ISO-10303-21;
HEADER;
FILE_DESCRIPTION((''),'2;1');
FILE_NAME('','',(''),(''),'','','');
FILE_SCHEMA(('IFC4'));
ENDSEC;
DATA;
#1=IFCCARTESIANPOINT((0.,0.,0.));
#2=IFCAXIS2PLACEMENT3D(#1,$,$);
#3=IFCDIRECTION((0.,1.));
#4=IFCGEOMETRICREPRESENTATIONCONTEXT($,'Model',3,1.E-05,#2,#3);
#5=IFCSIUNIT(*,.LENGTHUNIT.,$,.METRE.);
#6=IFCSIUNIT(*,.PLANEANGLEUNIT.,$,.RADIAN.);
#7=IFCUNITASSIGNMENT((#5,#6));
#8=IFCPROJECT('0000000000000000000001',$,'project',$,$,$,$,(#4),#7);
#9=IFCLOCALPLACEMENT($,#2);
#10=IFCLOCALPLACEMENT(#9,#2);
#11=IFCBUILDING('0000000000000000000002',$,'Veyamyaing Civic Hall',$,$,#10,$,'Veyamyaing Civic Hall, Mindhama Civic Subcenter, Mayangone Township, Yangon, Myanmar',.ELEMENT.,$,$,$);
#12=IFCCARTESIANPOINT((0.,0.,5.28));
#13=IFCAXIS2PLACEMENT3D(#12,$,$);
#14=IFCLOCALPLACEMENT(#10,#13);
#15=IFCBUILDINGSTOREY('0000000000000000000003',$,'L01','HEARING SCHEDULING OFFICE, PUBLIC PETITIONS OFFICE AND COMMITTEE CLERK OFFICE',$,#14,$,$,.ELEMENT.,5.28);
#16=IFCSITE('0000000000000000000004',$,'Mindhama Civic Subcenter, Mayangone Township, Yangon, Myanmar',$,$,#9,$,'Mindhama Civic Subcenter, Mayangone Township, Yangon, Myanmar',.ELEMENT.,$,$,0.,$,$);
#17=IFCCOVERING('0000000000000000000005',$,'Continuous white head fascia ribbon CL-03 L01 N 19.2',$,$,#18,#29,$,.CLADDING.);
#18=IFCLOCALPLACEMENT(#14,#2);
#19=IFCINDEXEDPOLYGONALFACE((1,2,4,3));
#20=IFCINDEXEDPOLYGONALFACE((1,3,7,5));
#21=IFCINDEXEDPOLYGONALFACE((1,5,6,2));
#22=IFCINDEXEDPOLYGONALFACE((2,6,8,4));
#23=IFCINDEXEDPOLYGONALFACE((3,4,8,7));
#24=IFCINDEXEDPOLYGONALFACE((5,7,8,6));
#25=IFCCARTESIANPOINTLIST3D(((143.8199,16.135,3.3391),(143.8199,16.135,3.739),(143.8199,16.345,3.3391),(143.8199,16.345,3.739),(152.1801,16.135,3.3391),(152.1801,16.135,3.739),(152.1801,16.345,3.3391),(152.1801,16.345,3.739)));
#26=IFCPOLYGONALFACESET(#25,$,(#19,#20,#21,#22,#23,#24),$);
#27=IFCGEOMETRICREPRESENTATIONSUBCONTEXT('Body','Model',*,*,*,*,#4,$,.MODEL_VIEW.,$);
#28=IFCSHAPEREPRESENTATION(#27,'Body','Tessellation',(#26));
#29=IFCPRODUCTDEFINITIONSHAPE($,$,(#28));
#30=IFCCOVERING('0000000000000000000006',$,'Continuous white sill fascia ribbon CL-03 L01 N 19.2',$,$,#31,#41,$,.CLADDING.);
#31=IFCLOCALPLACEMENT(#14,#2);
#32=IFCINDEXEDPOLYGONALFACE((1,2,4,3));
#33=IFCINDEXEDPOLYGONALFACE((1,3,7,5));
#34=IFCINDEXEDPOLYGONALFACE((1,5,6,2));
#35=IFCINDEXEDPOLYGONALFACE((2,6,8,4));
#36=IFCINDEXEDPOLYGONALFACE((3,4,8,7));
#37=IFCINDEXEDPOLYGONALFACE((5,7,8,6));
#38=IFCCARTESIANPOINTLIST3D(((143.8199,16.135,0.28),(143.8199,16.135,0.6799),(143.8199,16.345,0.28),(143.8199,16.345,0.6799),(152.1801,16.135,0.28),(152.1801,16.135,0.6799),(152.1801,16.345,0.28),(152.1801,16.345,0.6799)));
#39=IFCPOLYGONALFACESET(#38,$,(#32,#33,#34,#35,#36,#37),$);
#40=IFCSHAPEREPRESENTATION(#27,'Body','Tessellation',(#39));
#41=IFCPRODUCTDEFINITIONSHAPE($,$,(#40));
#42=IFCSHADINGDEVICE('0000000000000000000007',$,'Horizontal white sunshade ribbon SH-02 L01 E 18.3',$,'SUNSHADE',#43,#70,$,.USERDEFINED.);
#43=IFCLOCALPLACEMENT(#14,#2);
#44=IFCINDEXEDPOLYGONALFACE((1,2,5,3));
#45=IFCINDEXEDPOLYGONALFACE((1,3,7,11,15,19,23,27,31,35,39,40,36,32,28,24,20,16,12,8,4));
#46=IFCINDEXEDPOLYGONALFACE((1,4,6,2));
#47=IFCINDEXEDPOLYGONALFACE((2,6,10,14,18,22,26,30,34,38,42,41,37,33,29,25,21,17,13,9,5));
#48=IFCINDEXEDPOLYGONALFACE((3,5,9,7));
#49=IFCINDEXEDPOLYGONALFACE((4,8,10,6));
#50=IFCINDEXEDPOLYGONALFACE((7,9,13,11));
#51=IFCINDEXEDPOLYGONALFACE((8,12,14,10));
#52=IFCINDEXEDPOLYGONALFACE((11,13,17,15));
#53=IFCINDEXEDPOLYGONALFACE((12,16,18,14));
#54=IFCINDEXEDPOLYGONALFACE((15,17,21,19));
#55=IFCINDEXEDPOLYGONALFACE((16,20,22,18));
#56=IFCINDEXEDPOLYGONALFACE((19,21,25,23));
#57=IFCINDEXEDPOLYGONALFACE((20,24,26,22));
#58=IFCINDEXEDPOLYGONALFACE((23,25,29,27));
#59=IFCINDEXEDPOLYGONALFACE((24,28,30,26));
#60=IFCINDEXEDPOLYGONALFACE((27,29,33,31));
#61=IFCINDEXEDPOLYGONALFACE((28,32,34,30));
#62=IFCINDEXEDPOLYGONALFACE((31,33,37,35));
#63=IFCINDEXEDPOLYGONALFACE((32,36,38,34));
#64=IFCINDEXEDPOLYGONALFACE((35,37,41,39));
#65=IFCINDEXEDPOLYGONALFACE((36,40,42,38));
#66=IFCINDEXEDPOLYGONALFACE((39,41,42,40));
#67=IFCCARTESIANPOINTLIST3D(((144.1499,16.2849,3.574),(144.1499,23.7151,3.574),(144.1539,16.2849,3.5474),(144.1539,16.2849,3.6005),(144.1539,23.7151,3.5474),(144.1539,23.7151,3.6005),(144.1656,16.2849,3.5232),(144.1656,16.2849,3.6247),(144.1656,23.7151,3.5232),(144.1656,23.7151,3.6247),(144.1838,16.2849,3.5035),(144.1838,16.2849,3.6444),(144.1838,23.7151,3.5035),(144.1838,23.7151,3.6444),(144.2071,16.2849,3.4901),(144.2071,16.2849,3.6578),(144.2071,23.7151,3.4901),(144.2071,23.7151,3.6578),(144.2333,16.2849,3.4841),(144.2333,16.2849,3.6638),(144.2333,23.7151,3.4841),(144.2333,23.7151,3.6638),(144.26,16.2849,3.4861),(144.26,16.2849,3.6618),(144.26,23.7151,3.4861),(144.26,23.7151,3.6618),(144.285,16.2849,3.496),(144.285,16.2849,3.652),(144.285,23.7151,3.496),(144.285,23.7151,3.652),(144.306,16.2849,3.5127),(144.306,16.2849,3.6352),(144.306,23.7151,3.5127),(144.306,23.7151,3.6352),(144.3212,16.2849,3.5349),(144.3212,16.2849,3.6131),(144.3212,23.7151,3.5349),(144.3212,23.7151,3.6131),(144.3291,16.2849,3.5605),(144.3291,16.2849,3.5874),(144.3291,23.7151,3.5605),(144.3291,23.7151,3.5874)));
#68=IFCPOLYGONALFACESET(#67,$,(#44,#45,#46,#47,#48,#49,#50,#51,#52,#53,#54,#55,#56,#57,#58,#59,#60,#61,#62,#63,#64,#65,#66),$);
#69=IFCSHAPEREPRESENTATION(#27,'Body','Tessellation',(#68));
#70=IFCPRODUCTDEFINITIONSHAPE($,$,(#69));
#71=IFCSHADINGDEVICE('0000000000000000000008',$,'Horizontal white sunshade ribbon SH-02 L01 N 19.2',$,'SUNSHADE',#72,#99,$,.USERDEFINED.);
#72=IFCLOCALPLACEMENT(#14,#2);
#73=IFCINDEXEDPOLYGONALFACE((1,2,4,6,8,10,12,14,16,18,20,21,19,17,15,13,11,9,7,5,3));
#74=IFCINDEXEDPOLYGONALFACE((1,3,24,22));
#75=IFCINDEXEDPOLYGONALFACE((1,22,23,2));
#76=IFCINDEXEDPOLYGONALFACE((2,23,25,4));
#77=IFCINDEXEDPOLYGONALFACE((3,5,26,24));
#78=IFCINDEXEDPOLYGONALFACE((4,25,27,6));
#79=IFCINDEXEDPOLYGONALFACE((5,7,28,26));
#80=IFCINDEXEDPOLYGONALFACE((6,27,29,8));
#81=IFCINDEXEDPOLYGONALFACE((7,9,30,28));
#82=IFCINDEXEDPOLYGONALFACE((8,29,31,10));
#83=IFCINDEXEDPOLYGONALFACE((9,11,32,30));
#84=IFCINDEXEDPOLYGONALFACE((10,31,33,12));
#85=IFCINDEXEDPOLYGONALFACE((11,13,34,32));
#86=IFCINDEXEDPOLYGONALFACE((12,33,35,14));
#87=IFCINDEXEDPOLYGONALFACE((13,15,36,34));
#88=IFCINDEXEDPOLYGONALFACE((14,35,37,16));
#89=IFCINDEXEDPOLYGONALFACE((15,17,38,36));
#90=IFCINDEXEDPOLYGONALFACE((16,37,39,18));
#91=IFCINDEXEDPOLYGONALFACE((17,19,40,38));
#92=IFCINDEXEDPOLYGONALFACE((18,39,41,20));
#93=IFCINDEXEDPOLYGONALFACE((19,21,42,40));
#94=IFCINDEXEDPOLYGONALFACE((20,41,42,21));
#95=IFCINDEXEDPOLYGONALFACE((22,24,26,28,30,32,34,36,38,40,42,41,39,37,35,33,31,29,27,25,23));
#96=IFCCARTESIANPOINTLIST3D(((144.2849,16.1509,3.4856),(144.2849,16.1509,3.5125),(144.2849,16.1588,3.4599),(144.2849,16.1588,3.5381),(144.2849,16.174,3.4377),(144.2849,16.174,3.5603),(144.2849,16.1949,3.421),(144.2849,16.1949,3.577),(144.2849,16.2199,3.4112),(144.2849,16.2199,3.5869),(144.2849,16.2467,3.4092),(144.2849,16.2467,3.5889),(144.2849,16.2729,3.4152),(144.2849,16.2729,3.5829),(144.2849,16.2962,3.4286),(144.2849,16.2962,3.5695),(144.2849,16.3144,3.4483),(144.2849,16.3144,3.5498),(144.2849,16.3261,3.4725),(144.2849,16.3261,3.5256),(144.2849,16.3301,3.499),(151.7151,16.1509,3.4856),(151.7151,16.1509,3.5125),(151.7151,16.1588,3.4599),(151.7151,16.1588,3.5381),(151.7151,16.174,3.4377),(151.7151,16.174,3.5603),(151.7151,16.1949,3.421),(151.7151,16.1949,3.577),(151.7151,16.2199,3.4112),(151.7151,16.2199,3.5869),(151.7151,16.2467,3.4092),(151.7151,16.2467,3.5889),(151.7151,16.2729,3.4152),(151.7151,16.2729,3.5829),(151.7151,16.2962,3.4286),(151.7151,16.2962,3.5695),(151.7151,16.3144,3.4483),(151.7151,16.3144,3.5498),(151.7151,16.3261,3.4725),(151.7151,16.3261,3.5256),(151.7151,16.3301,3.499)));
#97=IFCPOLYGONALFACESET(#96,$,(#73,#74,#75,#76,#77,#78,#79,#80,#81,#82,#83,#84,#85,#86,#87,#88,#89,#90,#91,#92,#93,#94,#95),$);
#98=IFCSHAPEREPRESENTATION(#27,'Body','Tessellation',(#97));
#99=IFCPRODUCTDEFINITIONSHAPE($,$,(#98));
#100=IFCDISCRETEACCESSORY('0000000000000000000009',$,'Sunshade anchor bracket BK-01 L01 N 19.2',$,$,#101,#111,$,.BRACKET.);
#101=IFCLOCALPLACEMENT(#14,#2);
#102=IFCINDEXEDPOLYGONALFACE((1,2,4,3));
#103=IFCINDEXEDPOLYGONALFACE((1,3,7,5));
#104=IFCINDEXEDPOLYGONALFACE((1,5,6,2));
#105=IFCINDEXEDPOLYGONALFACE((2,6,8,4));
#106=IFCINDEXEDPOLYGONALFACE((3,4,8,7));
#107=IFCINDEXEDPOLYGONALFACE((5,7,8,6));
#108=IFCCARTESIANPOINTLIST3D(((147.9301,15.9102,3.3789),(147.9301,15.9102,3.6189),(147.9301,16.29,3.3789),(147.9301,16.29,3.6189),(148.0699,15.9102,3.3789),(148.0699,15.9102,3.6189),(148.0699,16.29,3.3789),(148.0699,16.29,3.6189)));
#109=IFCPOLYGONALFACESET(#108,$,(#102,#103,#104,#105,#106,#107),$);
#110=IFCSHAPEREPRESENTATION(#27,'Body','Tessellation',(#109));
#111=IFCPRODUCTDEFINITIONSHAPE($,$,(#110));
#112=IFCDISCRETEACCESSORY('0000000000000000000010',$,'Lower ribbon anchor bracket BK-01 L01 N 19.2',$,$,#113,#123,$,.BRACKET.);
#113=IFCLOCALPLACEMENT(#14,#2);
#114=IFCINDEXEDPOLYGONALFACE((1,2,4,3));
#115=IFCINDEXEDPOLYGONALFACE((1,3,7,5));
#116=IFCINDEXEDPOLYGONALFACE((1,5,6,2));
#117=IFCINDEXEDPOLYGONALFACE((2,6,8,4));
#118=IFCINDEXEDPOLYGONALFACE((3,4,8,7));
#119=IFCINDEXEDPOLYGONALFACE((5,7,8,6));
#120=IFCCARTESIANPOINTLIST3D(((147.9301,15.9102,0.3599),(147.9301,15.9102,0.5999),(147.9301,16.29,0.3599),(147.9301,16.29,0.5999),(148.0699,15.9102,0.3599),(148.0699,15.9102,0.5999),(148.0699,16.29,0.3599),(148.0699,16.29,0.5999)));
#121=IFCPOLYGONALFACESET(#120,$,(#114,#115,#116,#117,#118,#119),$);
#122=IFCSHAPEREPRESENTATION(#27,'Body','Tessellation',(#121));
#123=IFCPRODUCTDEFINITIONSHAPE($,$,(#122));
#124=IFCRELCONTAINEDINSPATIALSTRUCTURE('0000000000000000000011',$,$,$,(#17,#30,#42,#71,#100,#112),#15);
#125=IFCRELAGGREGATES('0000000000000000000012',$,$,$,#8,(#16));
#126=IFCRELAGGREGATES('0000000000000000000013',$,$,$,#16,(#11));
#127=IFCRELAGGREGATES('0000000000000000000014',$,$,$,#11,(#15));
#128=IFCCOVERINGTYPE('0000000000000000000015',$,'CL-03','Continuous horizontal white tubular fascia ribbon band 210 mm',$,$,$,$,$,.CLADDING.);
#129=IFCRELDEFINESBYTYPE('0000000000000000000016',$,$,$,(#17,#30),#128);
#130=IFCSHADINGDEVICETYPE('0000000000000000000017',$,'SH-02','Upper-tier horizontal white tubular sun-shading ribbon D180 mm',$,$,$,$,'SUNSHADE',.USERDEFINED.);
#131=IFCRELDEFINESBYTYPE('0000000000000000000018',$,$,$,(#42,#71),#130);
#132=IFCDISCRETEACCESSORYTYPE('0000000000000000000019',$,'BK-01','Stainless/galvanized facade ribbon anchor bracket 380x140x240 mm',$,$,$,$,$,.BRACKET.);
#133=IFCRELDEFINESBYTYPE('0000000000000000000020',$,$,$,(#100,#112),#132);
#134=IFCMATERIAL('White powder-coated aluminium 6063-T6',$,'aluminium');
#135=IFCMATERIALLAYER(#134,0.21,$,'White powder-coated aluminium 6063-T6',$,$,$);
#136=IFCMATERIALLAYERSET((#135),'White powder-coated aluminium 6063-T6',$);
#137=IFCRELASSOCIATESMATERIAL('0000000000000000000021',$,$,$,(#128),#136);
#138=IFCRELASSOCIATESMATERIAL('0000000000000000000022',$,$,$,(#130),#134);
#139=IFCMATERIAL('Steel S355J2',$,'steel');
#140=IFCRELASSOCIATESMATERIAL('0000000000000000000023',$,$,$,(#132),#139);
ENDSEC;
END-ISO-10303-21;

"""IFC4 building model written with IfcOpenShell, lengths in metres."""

from ifc_helpers import new_model, si_unit, direction, frame, origin, origin_2d, place, context, subcontext, project, spatial, rectangle, circle, extrude, material, layer, layer_set, material_profile, profile_set, type_object, element, save


model = new_model("IFC4")

# Units and contexts
model_context = context("Model", 3, precision=1e-05, world=origin(), true_north=direction((0.0, 1.0)))
body_context = subcontext(model_context, "Body", "Model", "MODEL_VIEW")
ifc_project = project(units=[si_unit("LENGTHUNIT", "METRE"), si_unit("PLANEANGLEUNIT", "RADIAN")], contexts=[model_context])

# Site, building, storey
site_placement = place(None, origin())
site = spatial("IfcSite", under=ifc_project, at=site_placement, Name="Mindhama Civic Subcenter, Mayangone Township, Yangon, Myanmar", LongName="Mindhama Civic Subcenter, Mayangone Township, Yangon, Myanmar", CompositionType="ELEMENT", RefElevation=0.0)
building_placement = place(site_placement, origin())
building = spatial("IfcBuilding", under=site, at=building_placement, Name="Veyamyaing Civic Hall", LongName="Veyamyaing Civic Hall, Mindhama Civic Subcenter, Mayangone Township, Yangon, Myanmar", CompositionType="ELEMENT")
storey_placement = place(building_placement, frame((0.0, 0.0, 5.28)))
storey = spatial("IfcBuildingStorey", under=building, at=storey_placement, Name="L01", Description="HEARING SCHEDULING OFFICE, PUBLIC PETITIONS OFFICE AND COMMITTEE CLERK OFFICE", CompositionType="ELEMENT", Elevation=5.28)

# Coverings
ifc_material_1 = material(Name="White powder-coated aluminium 6063-T6", Category="aluminium")
ifc_layer_1 = layer(ifc_material_1, 0.21, Name="White powder-coated aluminium 6063-T6")
ifc_layer_set_1 = layer_set([ifc_layer_1], Name="White powder-coated aluminium 6063-T6")
covering_type = type_object("IfcCoveringType", Name="CL-03", Description="Continuous horizontal white tubular fascia ribbon band 210 mm", PredefinedType="CLADDING", material=ifc_layer_set_1)
for number, where, z_axis, x_axis, name in (
    (1, (148.0, 16.24, 3.3391), (0.0, 0.0, 1.0), (1.0, 0.0, 0.0), "Continuous white head fascia ribbon CL-03 L01 N 19.2"),
    (2, (148.0, 16.24, 0.28), (0.0, 0.0, 1.0), (1.0, 0.0, 0.0), "Continuous white sill fascia ribbon CL-03 L01 N 19.2"),
):
    element("IfcCovering", number, at=place(storey_placement, frame(where, z_axis=z_axis, x_axis=x_axis)), inside=storey, type_object=covering_type, Name=name, PredefinedType="CLADDING", context=body_context, shape_type="SweptSolid", body=[
        extrude(rectangle(XDim=8.3601, YDim=0.21, at=origin_2d()), origin(), (0.0, 0.0, 1.0), 0.3999),
    ])

# Shading devices
ifc_material_profile_1 = material_profile(ifc_material_1, circle(Radius=0.0901, at=origin_2d()), Name="SHADE-TUBE-180")
ifc_profile_set_1 = profile_set([ifc_material_profile_1], Name="White powder-coated aluminium 6063-T6")
shading_device_type = type_object("IfcShadingDeviceType", Name="SH-02", Description="Upper-tier horizontal white tubular sun-shading ribbon D180 mm", ElementType="SUNSHADE", PredefinedType="USERDEFINED", material=ifc_profile_set_1)
for number, where, z_axis, x_axis, name in (
    (3, (144.24, 16.2849, 3.574), (0.0, 1.0, 0.0), (-1.0, 0.0, 0.0), "Horizontal white sunshade ribbon SH-02 L01 E 18.3"),
    (4, (144.2849, 16.24, 3.499), (1.0, 0.0, 0.0), (0.0, 1.0, 0.0), "Horizontal white sunshade ribbon SH-02 L01 N 19.2"),
):
    element("IfcShadingDevice", number, at=place(storey_placement, frame(where, z_axis=z_axis, x_axis=x_axis)), inside=storey, type_object=shading_device_type, Name=name, ObjectType="SUNSHADE", PredefinedType="USERDEFINED", context=body_context, shape_type="SweptSolid", body=[
        extrude(circle(Radius=0.0901, at=origin_2d()), origin(), (0.0, 0.0, 1.0), 7.4302),
    ])

# Discrete accessories
ifc_material_2 = material(Name="Steel S355J2", Category="steel")
discrete_accessory_type = type_object("IfcDiscreteAccessoryType", Name="BK-01", Description="Stainless/galvanized facade ribbon anchor bracket 380x140x240 mm", PredefinedType="BRACKET", material=ifc_material_2)
for number, where, z_axis, x_axis, name in (
    (5, (148.0, 16.1001, 3.3789), (0.0, 0.0, 1.0), (0.0, 1.0, 0.0), "Sunshade anchor bracket BK-01 L01 N 19.2"),
    (6, (148.0, 16.1001, 0.3599), (0.0, 0.0, 1.0), (0.0, 1.0, 0.0), "Lower ribbon anchor bracket BK-01 L01 N 19.2"),
):
    element("IfcDiscreteAccessory", number, at=place(storey_placement, frame(where, z_axis=z_axis, x_axis=x_axis)), inside=storey, type_object=discrete_accessory_type, Name=name, PredefinedType="BRACKET", context=body_context, shape_type="SweptSolid", body=[
        extrude(rectangle(XDim=0.3799, YDim=0.1399, at=origin_2d()), origin(), (0.0, 0.0, 1.0), 0.24),
    ])

save(model, "model.ifc")
